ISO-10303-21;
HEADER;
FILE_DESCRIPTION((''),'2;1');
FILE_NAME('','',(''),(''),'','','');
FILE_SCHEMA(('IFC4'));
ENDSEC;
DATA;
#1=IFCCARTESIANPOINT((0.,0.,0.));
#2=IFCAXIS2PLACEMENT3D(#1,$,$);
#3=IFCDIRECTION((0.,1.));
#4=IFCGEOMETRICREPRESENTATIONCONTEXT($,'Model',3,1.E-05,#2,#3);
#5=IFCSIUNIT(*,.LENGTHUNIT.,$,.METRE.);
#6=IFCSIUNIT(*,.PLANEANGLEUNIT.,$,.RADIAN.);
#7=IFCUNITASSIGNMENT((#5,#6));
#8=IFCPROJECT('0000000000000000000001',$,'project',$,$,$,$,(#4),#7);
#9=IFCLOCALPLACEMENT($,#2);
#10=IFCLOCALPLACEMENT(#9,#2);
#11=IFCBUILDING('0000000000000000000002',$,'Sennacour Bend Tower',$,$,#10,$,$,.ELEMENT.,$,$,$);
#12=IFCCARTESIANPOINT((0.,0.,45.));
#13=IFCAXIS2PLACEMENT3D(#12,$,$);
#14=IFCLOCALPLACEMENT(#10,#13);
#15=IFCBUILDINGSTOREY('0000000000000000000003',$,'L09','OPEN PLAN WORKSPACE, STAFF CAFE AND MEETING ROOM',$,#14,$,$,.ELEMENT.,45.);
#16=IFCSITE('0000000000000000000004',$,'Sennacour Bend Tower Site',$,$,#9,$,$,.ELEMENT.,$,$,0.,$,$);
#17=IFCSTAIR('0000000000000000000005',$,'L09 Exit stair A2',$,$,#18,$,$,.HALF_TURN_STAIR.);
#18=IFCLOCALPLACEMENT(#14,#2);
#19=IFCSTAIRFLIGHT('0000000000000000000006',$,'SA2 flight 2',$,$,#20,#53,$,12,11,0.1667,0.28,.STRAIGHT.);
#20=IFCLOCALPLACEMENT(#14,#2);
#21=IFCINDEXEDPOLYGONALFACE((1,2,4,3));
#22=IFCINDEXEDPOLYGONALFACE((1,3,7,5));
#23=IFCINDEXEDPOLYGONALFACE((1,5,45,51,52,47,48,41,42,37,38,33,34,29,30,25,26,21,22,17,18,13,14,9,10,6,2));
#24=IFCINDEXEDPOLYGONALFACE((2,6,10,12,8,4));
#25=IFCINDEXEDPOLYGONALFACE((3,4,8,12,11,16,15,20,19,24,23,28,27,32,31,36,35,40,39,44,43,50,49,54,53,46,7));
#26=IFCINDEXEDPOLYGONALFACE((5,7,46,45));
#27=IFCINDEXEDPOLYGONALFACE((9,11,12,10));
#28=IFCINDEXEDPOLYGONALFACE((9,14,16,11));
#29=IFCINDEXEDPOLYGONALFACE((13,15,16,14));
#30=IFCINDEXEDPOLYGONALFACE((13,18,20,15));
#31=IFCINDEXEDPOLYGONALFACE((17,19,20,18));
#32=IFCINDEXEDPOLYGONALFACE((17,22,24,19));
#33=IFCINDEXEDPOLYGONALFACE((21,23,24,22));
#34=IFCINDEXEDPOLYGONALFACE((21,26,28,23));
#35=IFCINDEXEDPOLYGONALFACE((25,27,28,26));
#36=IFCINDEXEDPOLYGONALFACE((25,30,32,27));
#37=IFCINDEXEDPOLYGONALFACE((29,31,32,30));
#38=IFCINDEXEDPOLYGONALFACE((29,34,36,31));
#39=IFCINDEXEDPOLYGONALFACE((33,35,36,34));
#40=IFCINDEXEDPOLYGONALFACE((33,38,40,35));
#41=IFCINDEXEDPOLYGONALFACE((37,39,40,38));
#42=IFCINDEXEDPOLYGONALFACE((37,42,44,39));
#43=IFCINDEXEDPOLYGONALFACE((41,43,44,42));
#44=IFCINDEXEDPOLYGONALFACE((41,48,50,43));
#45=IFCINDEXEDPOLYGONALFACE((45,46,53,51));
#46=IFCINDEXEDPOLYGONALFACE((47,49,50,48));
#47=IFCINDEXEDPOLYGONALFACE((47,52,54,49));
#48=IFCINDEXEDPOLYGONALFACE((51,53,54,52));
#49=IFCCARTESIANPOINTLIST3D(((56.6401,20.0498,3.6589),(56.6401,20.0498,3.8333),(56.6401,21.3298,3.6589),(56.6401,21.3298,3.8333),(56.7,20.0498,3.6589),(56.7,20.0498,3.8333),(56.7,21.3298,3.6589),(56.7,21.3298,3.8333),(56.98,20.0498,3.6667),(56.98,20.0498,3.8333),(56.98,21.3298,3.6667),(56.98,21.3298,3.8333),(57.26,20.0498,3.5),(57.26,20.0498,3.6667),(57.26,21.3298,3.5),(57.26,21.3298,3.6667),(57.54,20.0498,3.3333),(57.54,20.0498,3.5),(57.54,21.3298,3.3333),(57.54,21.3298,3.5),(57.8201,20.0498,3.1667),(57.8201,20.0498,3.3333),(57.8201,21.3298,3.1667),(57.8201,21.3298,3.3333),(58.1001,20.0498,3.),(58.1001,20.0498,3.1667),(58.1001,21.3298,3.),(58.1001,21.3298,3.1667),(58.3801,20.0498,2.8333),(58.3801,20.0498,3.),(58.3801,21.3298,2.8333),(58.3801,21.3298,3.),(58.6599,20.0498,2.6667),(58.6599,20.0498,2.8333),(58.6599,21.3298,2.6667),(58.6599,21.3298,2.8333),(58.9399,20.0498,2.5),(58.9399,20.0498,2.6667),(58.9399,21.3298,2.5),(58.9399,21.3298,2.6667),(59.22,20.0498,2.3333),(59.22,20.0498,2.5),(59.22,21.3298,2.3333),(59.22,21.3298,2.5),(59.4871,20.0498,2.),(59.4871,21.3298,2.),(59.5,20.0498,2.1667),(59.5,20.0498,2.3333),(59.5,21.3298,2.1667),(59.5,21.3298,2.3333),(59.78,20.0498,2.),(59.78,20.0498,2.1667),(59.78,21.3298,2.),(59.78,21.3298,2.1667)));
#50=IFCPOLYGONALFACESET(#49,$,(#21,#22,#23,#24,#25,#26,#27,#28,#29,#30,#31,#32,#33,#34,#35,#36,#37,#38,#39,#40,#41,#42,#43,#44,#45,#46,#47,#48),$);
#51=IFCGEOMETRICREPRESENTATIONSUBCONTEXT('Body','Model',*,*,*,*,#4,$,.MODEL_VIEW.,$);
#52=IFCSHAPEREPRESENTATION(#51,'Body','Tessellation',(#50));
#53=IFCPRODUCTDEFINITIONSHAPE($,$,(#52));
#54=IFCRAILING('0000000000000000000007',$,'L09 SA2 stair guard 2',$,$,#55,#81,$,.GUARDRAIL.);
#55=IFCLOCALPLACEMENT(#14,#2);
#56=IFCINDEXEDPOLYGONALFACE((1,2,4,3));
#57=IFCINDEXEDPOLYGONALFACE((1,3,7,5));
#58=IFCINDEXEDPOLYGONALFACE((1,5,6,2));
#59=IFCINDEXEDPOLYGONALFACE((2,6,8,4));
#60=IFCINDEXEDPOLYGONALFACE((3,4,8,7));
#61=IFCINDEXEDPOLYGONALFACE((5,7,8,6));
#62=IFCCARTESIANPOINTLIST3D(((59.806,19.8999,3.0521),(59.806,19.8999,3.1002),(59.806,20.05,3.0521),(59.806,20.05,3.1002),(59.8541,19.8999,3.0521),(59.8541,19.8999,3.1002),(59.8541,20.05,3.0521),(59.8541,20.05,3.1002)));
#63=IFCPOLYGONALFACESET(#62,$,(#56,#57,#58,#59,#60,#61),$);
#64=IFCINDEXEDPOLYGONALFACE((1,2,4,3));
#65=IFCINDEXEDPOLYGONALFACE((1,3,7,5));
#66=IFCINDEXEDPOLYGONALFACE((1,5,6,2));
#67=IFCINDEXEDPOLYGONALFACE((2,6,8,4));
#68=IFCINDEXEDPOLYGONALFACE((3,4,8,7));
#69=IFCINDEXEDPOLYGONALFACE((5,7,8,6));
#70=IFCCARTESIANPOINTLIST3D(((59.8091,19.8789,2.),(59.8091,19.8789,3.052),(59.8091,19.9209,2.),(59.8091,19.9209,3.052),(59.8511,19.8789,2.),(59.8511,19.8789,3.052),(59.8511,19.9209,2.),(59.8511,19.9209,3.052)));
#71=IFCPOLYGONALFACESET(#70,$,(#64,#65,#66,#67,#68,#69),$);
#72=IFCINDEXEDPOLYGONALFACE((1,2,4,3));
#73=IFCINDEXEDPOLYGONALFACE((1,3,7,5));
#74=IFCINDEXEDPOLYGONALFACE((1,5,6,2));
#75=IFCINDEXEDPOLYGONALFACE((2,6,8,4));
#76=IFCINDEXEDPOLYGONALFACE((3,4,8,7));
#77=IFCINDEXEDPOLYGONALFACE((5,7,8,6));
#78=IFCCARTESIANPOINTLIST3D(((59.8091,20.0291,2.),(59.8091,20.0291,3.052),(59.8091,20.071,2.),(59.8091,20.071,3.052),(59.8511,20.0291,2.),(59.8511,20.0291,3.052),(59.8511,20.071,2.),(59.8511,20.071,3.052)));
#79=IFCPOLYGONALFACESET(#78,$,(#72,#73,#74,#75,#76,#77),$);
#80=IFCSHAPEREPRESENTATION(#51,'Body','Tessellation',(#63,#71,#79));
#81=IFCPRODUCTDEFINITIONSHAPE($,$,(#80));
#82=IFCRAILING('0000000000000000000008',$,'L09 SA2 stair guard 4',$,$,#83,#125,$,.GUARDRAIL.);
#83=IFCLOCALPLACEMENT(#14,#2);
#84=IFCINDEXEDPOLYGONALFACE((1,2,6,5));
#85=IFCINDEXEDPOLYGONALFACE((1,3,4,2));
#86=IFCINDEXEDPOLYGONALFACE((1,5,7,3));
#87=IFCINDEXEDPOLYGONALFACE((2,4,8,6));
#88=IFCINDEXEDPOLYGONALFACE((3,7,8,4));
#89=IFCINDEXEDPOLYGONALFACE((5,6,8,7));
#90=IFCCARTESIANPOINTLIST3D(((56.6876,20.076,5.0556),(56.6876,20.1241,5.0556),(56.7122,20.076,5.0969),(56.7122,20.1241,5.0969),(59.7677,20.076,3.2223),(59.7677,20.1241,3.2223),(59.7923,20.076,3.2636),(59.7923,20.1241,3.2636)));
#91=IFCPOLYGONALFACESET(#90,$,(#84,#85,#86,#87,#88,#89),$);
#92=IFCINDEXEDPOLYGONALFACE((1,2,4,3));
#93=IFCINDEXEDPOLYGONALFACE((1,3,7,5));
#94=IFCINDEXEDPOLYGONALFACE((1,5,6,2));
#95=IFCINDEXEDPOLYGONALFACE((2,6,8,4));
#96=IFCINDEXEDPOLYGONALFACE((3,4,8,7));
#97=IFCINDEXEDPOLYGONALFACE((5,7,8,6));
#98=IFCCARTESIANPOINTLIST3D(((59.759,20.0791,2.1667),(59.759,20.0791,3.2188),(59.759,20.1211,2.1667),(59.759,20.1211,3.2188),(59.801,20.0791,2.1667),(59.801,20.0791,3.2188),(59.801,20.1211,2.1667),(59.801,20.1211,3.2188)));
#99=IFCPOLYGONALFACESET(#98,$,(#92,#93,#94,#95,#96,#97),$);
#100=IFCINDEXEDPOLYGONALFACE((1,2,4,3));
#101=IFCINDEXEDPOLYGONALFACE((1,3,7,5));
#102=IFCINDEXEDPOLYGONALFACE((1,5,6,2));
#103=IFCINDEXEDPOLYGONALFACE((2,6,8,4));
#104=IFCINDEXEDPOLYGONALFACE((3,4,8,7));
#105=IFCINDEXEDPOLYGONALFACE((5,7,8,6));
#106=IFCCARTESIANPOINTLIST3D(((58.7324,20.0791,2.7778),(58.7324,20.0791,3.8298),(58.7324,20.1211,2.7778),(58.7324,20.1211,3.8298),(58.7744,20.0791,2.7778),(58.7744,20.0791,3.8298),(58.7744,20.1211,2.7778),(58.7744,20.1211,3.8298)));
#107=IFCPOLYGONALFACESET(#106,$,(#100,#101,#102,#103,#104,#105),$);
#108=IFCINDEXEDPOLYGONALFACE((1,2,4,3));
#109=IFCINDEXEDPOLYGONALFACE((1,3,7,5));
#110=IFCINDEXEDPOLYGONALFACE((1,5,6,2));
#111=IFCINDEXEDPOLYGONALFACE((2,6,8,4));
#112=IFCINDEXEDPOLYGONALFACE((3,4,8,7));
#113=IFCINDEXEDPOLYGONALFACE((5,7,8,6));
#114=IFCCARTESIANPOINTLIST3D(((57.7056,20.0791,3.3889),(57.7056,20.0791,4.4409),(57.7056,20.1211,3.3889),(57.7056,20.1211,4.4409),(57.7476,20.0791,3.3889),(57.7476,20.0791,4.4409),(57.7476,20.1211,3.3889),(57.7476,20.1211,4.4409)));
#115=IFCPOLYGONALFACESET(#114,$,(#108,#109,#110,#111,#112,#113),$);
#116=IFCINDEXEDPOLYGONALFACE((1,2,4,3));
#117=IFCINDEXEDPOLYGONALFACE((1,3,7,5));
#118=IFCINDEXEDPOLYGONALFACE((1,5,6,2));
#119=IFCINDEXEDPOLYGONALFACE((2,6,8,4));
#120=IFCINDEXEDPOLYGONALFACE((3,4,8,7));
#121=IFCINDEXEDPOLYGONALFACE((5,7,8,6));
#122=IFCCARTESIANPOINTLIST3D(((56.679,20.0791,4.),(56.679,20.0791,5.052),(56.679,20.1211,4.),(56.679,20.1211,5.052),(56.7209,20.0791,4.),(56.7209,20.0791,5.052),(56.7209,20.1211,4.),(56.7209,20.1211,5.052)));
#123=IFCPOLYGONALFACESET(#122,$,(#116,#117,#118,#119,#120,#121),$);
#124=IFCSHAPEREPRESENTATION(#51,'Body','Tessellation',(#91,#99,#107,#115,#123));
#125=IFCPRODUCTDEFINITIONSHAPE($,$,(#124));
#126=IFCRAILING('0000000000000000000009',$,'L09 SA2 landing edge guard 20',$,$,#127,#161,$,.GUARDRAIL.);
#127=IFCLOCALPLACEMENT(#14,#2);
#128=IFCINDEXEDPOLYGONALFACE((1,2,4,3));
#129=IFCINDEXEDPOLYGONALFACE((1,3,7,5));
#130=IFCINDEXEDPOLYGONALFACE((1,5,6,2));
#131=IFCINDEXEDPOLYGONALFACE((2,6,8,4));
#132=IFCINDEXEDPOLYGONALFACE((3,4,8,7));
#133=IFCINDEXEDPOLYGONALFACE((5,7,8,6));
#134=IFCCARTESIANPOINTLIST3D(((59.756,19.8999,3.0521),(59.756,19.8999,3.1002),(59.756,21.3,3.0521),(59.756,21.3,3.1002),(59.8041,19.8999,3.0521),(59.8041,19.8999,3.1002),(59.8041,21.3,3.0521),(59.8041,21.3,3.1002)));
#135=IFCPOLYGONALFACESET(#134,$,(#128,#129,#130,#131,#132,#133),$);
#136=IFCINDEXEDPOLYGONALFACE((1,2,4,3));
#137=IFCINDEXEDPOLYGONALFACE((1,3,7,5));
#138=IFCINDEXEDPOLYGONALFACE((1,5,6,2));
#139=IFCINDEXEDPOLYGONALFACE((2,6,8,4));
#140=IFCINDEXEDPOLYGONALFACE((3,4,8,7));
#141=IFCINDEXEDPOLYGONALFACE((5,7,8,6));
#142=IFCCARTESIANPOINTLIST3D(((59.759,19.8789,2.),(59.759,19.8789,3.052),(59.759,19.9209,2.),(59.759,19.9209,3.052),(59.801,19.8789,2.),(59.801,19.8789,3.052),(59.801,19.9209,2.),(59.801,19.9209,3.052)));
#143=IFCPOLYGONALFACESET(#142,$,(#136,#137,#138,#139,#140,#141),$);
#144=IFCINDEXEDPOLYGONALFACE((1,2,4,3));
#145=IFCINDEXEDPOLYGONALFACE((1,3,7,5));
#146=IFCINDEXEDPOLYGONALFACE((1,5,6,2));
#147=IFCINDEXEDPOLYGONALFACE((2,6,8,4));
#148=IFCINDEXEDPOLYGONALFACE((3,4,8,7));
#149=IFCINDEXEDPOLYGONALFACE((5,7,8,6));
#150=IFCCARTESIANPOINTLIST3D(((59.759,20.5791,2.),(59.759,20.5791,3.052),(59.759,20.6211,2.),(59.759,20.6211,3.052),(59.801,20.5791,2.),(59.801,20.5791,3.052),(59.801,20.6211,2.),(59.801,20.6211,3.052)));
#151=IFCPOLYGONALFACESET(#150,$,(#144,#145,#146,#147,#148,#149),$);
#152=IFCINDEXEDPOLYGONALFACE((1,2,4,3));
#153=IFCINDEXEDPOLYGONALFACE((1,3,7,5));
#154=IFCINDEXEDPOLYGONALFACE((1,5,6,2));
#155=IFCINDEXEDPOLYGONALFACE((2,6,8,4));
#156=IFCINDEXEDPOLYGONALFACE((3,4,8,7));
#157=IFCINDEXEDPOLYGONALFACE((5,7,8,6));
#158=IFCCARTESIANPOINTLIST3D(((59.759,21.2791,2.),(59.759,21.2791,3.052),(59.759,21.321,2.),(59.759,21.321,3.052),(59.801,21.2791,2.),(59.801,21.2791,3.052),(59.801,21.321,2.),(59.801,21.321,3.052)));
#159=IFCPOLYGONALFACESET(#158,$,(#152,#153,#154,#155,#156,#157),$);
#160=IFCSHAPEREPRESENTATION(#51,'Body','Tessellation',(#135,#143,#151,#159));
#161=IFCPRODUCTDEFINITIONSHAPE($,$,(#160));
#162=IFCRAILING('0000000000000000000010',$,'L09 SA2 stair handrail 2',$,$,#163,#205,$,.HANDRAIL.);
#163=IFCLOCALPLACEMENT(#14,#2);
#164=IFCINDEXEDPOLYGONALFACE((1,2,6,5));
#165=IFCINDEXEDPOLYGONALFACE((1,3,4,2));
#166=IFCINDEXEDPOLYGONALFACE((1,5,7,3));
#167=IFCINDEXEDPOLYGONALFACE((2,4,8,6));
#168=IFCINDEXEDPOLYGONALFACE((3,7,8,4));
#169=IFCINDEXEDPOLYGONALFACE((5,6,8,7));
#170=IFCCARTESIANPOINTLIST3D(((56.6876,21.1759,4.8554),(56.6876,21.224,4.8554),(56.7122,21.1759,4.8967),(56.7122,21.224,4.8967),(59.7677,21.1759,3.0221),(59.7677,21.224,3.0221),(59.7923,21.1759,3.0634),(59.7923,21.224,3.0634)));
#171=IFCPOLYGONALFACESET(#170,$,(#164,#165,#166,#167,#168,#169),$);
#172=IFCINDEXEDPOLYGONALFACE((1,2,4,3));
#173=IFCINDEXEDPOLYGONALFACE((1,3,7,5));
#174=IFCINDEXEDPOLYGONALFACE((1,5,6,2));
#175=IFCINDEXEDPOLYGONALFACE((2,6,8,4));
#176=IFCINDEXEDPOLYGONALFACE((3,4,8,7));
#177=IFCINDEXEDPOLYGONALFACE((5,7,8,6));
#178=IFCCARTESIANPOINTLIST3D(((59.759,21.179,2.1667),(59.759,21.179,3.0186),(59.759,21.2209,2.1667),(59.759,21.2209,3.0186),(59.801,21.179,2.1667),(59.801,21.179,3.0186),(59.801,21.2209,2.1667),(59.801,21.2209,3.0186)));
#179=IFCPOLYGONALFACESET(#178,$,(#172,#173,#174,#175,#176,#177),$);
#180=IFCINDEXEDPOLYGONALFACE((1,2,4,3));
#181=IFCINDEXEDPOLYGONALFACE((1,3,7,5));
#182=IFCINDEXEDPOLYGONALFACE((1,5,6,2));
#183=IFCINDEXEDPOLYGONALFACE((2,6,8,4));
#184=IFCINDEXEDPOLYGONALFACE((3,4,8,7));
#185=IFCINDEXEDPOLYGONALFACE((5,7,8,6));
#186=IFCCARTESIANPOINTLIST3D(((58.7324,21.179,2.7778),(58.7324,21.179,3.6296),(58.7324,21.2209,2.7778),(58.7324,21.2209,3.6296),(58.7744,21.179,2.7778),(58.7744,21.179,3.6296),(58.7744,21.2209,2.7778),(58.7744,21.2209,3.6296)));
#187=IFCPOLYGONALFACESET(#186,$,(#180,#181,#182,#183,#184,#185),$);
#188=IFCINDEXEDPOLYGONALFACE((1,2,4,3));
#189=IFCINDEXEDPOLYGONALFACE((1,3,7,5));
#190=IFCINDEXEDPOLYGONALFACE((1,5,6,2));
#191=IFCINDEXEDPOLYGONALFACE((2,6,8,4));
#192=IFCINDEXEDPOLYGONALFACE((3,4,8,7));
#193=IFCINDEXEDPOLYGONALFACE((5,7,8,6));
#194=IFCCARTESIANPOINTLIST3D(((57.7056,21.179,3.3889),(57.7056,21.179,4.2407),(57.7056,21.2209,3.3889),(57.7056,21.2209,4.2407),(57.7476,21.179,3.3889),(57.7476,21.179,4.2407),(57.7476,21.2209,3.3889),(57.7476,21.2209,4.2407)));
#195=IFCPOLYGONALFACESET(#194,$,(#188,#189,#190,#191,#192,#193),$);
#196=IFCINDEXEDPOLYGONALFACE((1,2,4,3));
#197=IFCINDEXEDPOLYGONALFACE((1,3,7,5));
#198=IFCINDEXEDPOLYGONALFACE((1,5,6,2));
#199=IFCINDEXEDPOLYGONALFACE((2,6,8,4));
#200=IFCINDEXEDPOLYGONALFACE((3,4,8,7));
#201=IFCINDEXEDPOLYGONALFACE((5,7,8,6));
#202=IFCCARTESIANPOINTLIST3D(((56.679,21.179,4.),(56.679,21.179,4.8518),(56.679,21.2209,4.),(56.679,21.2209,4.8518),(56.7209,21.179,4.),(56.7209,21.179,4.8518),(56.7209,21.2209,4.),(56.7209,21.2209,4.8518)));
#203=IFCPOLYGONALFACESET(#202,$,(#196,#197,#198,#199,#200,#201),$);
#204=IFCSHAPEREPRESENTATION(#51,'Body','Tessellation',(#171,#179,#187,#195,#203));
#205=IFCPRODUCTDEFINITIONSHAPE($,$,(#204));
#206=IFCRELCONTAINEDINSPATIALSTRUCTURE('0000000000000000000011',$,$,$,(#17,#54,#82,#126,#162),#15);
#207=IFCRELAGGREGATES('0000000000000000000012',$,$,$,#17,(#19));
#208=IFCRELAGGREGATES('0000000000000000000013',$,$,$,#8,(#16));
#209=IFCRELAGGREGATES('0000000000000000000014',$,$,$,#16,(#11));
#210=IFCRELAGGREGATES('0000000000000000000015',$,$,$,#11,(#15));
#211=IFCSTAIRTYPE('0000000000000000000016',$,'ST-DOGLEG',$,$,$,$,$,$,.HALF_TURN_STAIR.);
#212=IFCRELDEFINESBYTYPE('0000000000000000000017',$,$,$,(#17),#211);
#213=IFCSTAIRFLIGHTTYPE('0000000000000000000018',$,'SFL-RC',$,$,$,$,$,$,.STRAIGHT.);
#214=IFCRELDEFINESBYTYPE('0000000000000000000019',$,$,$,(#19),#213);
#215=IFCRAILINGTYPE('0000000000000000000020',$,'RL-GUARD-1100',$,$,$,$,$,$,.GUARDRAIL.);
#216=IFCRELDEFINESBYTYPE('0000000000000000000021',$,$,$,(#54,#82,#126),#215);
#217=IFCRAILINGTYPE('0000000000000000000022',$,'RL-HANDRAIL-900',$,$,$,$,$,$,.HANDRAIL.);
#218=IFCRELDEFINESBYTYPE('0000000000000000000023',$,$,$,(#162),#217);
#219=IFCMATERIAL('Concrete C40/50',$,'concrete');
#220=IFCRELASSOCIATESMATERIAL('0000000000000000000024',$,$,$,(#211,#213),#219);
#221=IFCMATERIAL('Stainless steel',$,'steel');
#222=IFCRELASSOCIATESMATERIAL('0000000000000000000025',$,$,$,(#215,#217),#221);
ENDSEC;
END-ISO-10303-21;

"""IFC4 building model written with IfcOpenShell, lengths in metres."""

from ifc_helpers import new_model, si_unit, direction, frame, origin, origin_2d, place, context, subcontext, project, spatial, polyline, rectangle, outline, extrude, material, type_object, element, aggregate, save


model = new_model("IFC4")

# Units and contexts
model_context = context("Model", 3, precision=1e-05, world=origin(), true_north=direction((0.0, 1.0)))
body_context = subcontext(model_context, "Body", "Model", "MODEL_VIEW")
ifc_project = project(units=[si_unit("LENGTHUNIT", "METRE"), si_unit("PLANEANGLEUNIT", "RADIAN")], contexts=[model_context])

# Site, building, storey
site_placement = place(None, origin())
site = spatial("IfcSite", under=ifc_project, at=site_placement, Name="Sennacour Bend Tower Site", CompositionType="ELEMENT", RefElevation=0.0)
building_placement = place(site_placement, origin())
building = spatial("IfcBuilding", under=site, at=building_placement, Name="Sennacour Bend Tower", CompositionType="ELEMENT")
storey_placement = place(building_placement, frame((0.0, 0.0, 45.0)))
storey = spatial("IfcBuildingStorey", under=building, at=storey_placement, Name="L09", Description="OPEN PLAN WORKSPACE, STAFF CAFE AND MEETING ROOM", CompositionType="ELEMENT", Elevation=45.0)

# Shared definitions
ifc_material_1 = material(Name="Stainless steel", Category="steel")

# Stair, stair flight
ifc_material_2 = material(Name="Concrete C40/50", Category="concrete")
stair_type = type_object("IfcStairType", Name="ST-DOGLEG", PredefinedType="HALF_TURN_STAIR", material=ifc_material_2)
stair_placement = place(storey_placement, origin())
stair = element("IfcStair", 1, at=stair_placement, inside=storey, type_object=stair_type, Name="L09 Exit stair A2", PredefinedType="HALF_TURN_STAIR")
stair_flight_type = type_object("IfcStairFlightType", Name="SFL-RC", PredefinedType="STRAIGHT", material=ifc_material_2)
stair_flight_placement = place(storey_placement, frame((59.78, 20.6899, 2.0), z_axis=(0.0, 0.0, 1.0), x_axis=(-1.0, 0.0, 0.0)))
stair_flight = element("IfcStairFlight", 2, at=stair_flight_placement, type_object=stair_flight_type, Name="SA2 flight 2", NumberOfRisers=12, NumberOfTreads=11, PredefinedType="STRAIGHT", RiserHeight=0.1667, TreadLength=0.28, context=body_context, shape_type="SweptSolid", body=[
    extrude(outline(polyline([(0.0, 0.0), (0.0, 0.1667), (0.28, 0.1667), (0.28, 0.3333), (0.5601, 0.3333), (0.5601, 0.5), (0.8401, 0.5), (0.8401, 0.6667), (1.1201, 0.6667), (1.1201, 0.8333), (1.3999, 0.8333), (1.3999, 1.0), (1.6799, 1.0), (1.6799, 1.1667), (1.96, 1.1667), (1.96, 1.3333), (2.24, 1.3333), (2.24, 1.5), (2.52, 1.5), (2.52, 1.6667), (2.8, 1.6667), (2.8, 1.8333), (3.0801, 1.8333), (3.1399, 1.8333), (3.1399, 1.6589), (3.0801, 1.6589), (0.293, 0.0), (0.0, 0.0)])), frame((0.0, 0.6401, 0.0), z_axis=(0.0, -1.0, 0.0), x_axis=(1.0, 0.0, 0.0)), (0.0, 0.0, 1.0), 1.28),
])
aggregate(stair, [stair_flight])

# Railings
railing_type_1 = type_object("IfcRailingType", Name="RL-GUARD-1100", PredefinedType="GUARDRAIL", material=ifc_material_1)
railing_1_placement = place(storey_placement, frame((59.8301, 19.8999, 2.0)))
element("IfcRailing", 3, at=railing_1_placement, inside=storey, type_object=railing_type_1, Name="L09 SA2 stair guard 2", PredefinedType="GUARDRAIL", context=body_context, shape_type="SweptSolid", body=[
    extrude(rectangle(XDim=0.0481, YDim=0.0481, at=origin_2d()), frame((0.0, 0.0, 1.0762), z_axis=(0.0, 1.0, 0.0), x_axis=(-1.0, 0.0, 0.0)), (0.0, 0.0, 1.0), 0.1501),
    extrude(rectangle(XDim=0.042, YDim=0.042, at=origin_2d()), origin(), (0.0, 0.0, 1.0), 1.052),
    extrude(rectangle(XDim=0.042, YDim=0.042, at=origin_2d()), frame((0.0, 0.1501, 0.0)), (0.0, 0.0, 1.0), 1.052),
])
railing_2_placement = place(storey_placement, frame((59.78, 20.1001, 2.1667)))
element("IfcRailing", 4, at=railing_2_placement, inside=storey, type_object=railing_type_1, Name="L09 SA2 stair guard 4", PredefinedType="GUARDRAIL", context=body_context, shape_type="SweptSolid", body=[
    extrude(rectangle(XDim=0.0481, YDim=0.0481, at=origin_2d()), frame((0.0, 0.0, 1.0762), z_axis=(-0.859309, 0.0, 0.511458), x_axis=(0.0, -1.0, 0.0)), (0.0, 0.0, 1.0), 3.5845),
    extrude(rectangle(XDim=0.042, YDim=0.042, at=origin_2d()), origin(), (0.0, 0.0, 1.0), 1.052),
    extrude(rectangle(XDim=0.042, YDim=0.042, at=origin_2d()), frame((-1.0266, 0.0, 0.6111)), (0.0, 0.0, 1.0), 1.052),
    extrude(rectangle(XDim=0.042, YDim=0.042, at=origin_2d()), frame((-2.0535, 0.0, 1.2222)), (0.0, 0.0, 1.0), 1.052),
    extrude(rectangle(XDim=0.042, YDim=0.042, at=origin_2d()), frame((-3.0801, 0.0, 1.8333)), (0.0, 0.0, 1.0), 1.052),
])
railing_3_placement = place(storey_placement, frame((59.78, 19.8999, 2.0)))
element("IfcRailing", 5, at=railing_3_placement, inside=storey, type_object=railing_type_1, Name="L09 SA2 landing edge guard 20", PredefinedType="GUARDRAIL", context=body_context, shape_type="SweptSolid", body=[
    extrude(rectangle(XDim=0.0481, YDim=0.0481, at=origin_2d()), frame((0.0, 0.0, 1.0762), z_axis=(0.0, 1.0, 0.0), x_axis=(-1.0, 0.0, 0.0)), (0.0, 0.0, 1.0), 1.4001),
    extrude(rectangle(XDim=0.042, YDim=0.042, at=origin_2d()), origin(), (0.0, 0.0, 1.0), 1.052),
    extrude(rectangle(XDim=0.042, YDim=0.042, at=origin_2d()), frame((0.0, 0.7002, 0.0)), (0.0, 0.0, 1.0), 1.052),
    extrude(rectangle(XDim=0.042, YDim=0.042, at=origin_2d()), frame((0.0, 1.4001, 0.0)), (0.0, 0.0, 1.0), 1.052),
])
railing_type_2 = type_object("IfcRailingType", Name="RL-HANDRAIL-900", PredefinedType="HANDRAIL", material=ifc_material_1)
railing_4_placement = place(storey_placement, frame((59.78, 21.2, 2.1667)))
element("IfcRailing", 6, at=railing_4_placement, inside=storey, type_object=railing_type_2, Name="L09 SA2 stair handrail 2", PredefinedType="HANDRAIL", context=body_context, shape_type="SweptSolid", body=[
    extrude(rectangle(XDim=0.0481, YDim=0.0481, at=origin_2d()), frame((0.0, 0.0, 0.876), z_axis=(-0.859309, 0.0, 0.511458), x_axis=(0.0, -1.0, 0.0)), (0.0, 0.0, 1.0), 3.5845),
    extrude(rectangle(XDim=0.042, YDim=0.042, at=origin_2d()), origin(), (0.0, 0.0, 1.0), 0.8518),
    extrude(rectangle(XDim=0.042, YDim=0.042, at=origin_2d()), frame((-1.0266, 0.0, 0.6111)), (0.0, 0.0, 1.0), 0.8518),
    extrude(rectangle(XDim=0.042, YDim=0.042, at=origin_2d()), frame((-2.0535, 0.0, 1.2222)), (0.0, 0.0, 1.0), 0.8518),
    extrude(rectangle(XDim=0.042, YDim=0.042, at=origin_2d()), frame((-3.0801, 0.0, 1.8333)), (0.0, 0.0, 1.0), 0.8518),
])

save(model, "model.ifc")
